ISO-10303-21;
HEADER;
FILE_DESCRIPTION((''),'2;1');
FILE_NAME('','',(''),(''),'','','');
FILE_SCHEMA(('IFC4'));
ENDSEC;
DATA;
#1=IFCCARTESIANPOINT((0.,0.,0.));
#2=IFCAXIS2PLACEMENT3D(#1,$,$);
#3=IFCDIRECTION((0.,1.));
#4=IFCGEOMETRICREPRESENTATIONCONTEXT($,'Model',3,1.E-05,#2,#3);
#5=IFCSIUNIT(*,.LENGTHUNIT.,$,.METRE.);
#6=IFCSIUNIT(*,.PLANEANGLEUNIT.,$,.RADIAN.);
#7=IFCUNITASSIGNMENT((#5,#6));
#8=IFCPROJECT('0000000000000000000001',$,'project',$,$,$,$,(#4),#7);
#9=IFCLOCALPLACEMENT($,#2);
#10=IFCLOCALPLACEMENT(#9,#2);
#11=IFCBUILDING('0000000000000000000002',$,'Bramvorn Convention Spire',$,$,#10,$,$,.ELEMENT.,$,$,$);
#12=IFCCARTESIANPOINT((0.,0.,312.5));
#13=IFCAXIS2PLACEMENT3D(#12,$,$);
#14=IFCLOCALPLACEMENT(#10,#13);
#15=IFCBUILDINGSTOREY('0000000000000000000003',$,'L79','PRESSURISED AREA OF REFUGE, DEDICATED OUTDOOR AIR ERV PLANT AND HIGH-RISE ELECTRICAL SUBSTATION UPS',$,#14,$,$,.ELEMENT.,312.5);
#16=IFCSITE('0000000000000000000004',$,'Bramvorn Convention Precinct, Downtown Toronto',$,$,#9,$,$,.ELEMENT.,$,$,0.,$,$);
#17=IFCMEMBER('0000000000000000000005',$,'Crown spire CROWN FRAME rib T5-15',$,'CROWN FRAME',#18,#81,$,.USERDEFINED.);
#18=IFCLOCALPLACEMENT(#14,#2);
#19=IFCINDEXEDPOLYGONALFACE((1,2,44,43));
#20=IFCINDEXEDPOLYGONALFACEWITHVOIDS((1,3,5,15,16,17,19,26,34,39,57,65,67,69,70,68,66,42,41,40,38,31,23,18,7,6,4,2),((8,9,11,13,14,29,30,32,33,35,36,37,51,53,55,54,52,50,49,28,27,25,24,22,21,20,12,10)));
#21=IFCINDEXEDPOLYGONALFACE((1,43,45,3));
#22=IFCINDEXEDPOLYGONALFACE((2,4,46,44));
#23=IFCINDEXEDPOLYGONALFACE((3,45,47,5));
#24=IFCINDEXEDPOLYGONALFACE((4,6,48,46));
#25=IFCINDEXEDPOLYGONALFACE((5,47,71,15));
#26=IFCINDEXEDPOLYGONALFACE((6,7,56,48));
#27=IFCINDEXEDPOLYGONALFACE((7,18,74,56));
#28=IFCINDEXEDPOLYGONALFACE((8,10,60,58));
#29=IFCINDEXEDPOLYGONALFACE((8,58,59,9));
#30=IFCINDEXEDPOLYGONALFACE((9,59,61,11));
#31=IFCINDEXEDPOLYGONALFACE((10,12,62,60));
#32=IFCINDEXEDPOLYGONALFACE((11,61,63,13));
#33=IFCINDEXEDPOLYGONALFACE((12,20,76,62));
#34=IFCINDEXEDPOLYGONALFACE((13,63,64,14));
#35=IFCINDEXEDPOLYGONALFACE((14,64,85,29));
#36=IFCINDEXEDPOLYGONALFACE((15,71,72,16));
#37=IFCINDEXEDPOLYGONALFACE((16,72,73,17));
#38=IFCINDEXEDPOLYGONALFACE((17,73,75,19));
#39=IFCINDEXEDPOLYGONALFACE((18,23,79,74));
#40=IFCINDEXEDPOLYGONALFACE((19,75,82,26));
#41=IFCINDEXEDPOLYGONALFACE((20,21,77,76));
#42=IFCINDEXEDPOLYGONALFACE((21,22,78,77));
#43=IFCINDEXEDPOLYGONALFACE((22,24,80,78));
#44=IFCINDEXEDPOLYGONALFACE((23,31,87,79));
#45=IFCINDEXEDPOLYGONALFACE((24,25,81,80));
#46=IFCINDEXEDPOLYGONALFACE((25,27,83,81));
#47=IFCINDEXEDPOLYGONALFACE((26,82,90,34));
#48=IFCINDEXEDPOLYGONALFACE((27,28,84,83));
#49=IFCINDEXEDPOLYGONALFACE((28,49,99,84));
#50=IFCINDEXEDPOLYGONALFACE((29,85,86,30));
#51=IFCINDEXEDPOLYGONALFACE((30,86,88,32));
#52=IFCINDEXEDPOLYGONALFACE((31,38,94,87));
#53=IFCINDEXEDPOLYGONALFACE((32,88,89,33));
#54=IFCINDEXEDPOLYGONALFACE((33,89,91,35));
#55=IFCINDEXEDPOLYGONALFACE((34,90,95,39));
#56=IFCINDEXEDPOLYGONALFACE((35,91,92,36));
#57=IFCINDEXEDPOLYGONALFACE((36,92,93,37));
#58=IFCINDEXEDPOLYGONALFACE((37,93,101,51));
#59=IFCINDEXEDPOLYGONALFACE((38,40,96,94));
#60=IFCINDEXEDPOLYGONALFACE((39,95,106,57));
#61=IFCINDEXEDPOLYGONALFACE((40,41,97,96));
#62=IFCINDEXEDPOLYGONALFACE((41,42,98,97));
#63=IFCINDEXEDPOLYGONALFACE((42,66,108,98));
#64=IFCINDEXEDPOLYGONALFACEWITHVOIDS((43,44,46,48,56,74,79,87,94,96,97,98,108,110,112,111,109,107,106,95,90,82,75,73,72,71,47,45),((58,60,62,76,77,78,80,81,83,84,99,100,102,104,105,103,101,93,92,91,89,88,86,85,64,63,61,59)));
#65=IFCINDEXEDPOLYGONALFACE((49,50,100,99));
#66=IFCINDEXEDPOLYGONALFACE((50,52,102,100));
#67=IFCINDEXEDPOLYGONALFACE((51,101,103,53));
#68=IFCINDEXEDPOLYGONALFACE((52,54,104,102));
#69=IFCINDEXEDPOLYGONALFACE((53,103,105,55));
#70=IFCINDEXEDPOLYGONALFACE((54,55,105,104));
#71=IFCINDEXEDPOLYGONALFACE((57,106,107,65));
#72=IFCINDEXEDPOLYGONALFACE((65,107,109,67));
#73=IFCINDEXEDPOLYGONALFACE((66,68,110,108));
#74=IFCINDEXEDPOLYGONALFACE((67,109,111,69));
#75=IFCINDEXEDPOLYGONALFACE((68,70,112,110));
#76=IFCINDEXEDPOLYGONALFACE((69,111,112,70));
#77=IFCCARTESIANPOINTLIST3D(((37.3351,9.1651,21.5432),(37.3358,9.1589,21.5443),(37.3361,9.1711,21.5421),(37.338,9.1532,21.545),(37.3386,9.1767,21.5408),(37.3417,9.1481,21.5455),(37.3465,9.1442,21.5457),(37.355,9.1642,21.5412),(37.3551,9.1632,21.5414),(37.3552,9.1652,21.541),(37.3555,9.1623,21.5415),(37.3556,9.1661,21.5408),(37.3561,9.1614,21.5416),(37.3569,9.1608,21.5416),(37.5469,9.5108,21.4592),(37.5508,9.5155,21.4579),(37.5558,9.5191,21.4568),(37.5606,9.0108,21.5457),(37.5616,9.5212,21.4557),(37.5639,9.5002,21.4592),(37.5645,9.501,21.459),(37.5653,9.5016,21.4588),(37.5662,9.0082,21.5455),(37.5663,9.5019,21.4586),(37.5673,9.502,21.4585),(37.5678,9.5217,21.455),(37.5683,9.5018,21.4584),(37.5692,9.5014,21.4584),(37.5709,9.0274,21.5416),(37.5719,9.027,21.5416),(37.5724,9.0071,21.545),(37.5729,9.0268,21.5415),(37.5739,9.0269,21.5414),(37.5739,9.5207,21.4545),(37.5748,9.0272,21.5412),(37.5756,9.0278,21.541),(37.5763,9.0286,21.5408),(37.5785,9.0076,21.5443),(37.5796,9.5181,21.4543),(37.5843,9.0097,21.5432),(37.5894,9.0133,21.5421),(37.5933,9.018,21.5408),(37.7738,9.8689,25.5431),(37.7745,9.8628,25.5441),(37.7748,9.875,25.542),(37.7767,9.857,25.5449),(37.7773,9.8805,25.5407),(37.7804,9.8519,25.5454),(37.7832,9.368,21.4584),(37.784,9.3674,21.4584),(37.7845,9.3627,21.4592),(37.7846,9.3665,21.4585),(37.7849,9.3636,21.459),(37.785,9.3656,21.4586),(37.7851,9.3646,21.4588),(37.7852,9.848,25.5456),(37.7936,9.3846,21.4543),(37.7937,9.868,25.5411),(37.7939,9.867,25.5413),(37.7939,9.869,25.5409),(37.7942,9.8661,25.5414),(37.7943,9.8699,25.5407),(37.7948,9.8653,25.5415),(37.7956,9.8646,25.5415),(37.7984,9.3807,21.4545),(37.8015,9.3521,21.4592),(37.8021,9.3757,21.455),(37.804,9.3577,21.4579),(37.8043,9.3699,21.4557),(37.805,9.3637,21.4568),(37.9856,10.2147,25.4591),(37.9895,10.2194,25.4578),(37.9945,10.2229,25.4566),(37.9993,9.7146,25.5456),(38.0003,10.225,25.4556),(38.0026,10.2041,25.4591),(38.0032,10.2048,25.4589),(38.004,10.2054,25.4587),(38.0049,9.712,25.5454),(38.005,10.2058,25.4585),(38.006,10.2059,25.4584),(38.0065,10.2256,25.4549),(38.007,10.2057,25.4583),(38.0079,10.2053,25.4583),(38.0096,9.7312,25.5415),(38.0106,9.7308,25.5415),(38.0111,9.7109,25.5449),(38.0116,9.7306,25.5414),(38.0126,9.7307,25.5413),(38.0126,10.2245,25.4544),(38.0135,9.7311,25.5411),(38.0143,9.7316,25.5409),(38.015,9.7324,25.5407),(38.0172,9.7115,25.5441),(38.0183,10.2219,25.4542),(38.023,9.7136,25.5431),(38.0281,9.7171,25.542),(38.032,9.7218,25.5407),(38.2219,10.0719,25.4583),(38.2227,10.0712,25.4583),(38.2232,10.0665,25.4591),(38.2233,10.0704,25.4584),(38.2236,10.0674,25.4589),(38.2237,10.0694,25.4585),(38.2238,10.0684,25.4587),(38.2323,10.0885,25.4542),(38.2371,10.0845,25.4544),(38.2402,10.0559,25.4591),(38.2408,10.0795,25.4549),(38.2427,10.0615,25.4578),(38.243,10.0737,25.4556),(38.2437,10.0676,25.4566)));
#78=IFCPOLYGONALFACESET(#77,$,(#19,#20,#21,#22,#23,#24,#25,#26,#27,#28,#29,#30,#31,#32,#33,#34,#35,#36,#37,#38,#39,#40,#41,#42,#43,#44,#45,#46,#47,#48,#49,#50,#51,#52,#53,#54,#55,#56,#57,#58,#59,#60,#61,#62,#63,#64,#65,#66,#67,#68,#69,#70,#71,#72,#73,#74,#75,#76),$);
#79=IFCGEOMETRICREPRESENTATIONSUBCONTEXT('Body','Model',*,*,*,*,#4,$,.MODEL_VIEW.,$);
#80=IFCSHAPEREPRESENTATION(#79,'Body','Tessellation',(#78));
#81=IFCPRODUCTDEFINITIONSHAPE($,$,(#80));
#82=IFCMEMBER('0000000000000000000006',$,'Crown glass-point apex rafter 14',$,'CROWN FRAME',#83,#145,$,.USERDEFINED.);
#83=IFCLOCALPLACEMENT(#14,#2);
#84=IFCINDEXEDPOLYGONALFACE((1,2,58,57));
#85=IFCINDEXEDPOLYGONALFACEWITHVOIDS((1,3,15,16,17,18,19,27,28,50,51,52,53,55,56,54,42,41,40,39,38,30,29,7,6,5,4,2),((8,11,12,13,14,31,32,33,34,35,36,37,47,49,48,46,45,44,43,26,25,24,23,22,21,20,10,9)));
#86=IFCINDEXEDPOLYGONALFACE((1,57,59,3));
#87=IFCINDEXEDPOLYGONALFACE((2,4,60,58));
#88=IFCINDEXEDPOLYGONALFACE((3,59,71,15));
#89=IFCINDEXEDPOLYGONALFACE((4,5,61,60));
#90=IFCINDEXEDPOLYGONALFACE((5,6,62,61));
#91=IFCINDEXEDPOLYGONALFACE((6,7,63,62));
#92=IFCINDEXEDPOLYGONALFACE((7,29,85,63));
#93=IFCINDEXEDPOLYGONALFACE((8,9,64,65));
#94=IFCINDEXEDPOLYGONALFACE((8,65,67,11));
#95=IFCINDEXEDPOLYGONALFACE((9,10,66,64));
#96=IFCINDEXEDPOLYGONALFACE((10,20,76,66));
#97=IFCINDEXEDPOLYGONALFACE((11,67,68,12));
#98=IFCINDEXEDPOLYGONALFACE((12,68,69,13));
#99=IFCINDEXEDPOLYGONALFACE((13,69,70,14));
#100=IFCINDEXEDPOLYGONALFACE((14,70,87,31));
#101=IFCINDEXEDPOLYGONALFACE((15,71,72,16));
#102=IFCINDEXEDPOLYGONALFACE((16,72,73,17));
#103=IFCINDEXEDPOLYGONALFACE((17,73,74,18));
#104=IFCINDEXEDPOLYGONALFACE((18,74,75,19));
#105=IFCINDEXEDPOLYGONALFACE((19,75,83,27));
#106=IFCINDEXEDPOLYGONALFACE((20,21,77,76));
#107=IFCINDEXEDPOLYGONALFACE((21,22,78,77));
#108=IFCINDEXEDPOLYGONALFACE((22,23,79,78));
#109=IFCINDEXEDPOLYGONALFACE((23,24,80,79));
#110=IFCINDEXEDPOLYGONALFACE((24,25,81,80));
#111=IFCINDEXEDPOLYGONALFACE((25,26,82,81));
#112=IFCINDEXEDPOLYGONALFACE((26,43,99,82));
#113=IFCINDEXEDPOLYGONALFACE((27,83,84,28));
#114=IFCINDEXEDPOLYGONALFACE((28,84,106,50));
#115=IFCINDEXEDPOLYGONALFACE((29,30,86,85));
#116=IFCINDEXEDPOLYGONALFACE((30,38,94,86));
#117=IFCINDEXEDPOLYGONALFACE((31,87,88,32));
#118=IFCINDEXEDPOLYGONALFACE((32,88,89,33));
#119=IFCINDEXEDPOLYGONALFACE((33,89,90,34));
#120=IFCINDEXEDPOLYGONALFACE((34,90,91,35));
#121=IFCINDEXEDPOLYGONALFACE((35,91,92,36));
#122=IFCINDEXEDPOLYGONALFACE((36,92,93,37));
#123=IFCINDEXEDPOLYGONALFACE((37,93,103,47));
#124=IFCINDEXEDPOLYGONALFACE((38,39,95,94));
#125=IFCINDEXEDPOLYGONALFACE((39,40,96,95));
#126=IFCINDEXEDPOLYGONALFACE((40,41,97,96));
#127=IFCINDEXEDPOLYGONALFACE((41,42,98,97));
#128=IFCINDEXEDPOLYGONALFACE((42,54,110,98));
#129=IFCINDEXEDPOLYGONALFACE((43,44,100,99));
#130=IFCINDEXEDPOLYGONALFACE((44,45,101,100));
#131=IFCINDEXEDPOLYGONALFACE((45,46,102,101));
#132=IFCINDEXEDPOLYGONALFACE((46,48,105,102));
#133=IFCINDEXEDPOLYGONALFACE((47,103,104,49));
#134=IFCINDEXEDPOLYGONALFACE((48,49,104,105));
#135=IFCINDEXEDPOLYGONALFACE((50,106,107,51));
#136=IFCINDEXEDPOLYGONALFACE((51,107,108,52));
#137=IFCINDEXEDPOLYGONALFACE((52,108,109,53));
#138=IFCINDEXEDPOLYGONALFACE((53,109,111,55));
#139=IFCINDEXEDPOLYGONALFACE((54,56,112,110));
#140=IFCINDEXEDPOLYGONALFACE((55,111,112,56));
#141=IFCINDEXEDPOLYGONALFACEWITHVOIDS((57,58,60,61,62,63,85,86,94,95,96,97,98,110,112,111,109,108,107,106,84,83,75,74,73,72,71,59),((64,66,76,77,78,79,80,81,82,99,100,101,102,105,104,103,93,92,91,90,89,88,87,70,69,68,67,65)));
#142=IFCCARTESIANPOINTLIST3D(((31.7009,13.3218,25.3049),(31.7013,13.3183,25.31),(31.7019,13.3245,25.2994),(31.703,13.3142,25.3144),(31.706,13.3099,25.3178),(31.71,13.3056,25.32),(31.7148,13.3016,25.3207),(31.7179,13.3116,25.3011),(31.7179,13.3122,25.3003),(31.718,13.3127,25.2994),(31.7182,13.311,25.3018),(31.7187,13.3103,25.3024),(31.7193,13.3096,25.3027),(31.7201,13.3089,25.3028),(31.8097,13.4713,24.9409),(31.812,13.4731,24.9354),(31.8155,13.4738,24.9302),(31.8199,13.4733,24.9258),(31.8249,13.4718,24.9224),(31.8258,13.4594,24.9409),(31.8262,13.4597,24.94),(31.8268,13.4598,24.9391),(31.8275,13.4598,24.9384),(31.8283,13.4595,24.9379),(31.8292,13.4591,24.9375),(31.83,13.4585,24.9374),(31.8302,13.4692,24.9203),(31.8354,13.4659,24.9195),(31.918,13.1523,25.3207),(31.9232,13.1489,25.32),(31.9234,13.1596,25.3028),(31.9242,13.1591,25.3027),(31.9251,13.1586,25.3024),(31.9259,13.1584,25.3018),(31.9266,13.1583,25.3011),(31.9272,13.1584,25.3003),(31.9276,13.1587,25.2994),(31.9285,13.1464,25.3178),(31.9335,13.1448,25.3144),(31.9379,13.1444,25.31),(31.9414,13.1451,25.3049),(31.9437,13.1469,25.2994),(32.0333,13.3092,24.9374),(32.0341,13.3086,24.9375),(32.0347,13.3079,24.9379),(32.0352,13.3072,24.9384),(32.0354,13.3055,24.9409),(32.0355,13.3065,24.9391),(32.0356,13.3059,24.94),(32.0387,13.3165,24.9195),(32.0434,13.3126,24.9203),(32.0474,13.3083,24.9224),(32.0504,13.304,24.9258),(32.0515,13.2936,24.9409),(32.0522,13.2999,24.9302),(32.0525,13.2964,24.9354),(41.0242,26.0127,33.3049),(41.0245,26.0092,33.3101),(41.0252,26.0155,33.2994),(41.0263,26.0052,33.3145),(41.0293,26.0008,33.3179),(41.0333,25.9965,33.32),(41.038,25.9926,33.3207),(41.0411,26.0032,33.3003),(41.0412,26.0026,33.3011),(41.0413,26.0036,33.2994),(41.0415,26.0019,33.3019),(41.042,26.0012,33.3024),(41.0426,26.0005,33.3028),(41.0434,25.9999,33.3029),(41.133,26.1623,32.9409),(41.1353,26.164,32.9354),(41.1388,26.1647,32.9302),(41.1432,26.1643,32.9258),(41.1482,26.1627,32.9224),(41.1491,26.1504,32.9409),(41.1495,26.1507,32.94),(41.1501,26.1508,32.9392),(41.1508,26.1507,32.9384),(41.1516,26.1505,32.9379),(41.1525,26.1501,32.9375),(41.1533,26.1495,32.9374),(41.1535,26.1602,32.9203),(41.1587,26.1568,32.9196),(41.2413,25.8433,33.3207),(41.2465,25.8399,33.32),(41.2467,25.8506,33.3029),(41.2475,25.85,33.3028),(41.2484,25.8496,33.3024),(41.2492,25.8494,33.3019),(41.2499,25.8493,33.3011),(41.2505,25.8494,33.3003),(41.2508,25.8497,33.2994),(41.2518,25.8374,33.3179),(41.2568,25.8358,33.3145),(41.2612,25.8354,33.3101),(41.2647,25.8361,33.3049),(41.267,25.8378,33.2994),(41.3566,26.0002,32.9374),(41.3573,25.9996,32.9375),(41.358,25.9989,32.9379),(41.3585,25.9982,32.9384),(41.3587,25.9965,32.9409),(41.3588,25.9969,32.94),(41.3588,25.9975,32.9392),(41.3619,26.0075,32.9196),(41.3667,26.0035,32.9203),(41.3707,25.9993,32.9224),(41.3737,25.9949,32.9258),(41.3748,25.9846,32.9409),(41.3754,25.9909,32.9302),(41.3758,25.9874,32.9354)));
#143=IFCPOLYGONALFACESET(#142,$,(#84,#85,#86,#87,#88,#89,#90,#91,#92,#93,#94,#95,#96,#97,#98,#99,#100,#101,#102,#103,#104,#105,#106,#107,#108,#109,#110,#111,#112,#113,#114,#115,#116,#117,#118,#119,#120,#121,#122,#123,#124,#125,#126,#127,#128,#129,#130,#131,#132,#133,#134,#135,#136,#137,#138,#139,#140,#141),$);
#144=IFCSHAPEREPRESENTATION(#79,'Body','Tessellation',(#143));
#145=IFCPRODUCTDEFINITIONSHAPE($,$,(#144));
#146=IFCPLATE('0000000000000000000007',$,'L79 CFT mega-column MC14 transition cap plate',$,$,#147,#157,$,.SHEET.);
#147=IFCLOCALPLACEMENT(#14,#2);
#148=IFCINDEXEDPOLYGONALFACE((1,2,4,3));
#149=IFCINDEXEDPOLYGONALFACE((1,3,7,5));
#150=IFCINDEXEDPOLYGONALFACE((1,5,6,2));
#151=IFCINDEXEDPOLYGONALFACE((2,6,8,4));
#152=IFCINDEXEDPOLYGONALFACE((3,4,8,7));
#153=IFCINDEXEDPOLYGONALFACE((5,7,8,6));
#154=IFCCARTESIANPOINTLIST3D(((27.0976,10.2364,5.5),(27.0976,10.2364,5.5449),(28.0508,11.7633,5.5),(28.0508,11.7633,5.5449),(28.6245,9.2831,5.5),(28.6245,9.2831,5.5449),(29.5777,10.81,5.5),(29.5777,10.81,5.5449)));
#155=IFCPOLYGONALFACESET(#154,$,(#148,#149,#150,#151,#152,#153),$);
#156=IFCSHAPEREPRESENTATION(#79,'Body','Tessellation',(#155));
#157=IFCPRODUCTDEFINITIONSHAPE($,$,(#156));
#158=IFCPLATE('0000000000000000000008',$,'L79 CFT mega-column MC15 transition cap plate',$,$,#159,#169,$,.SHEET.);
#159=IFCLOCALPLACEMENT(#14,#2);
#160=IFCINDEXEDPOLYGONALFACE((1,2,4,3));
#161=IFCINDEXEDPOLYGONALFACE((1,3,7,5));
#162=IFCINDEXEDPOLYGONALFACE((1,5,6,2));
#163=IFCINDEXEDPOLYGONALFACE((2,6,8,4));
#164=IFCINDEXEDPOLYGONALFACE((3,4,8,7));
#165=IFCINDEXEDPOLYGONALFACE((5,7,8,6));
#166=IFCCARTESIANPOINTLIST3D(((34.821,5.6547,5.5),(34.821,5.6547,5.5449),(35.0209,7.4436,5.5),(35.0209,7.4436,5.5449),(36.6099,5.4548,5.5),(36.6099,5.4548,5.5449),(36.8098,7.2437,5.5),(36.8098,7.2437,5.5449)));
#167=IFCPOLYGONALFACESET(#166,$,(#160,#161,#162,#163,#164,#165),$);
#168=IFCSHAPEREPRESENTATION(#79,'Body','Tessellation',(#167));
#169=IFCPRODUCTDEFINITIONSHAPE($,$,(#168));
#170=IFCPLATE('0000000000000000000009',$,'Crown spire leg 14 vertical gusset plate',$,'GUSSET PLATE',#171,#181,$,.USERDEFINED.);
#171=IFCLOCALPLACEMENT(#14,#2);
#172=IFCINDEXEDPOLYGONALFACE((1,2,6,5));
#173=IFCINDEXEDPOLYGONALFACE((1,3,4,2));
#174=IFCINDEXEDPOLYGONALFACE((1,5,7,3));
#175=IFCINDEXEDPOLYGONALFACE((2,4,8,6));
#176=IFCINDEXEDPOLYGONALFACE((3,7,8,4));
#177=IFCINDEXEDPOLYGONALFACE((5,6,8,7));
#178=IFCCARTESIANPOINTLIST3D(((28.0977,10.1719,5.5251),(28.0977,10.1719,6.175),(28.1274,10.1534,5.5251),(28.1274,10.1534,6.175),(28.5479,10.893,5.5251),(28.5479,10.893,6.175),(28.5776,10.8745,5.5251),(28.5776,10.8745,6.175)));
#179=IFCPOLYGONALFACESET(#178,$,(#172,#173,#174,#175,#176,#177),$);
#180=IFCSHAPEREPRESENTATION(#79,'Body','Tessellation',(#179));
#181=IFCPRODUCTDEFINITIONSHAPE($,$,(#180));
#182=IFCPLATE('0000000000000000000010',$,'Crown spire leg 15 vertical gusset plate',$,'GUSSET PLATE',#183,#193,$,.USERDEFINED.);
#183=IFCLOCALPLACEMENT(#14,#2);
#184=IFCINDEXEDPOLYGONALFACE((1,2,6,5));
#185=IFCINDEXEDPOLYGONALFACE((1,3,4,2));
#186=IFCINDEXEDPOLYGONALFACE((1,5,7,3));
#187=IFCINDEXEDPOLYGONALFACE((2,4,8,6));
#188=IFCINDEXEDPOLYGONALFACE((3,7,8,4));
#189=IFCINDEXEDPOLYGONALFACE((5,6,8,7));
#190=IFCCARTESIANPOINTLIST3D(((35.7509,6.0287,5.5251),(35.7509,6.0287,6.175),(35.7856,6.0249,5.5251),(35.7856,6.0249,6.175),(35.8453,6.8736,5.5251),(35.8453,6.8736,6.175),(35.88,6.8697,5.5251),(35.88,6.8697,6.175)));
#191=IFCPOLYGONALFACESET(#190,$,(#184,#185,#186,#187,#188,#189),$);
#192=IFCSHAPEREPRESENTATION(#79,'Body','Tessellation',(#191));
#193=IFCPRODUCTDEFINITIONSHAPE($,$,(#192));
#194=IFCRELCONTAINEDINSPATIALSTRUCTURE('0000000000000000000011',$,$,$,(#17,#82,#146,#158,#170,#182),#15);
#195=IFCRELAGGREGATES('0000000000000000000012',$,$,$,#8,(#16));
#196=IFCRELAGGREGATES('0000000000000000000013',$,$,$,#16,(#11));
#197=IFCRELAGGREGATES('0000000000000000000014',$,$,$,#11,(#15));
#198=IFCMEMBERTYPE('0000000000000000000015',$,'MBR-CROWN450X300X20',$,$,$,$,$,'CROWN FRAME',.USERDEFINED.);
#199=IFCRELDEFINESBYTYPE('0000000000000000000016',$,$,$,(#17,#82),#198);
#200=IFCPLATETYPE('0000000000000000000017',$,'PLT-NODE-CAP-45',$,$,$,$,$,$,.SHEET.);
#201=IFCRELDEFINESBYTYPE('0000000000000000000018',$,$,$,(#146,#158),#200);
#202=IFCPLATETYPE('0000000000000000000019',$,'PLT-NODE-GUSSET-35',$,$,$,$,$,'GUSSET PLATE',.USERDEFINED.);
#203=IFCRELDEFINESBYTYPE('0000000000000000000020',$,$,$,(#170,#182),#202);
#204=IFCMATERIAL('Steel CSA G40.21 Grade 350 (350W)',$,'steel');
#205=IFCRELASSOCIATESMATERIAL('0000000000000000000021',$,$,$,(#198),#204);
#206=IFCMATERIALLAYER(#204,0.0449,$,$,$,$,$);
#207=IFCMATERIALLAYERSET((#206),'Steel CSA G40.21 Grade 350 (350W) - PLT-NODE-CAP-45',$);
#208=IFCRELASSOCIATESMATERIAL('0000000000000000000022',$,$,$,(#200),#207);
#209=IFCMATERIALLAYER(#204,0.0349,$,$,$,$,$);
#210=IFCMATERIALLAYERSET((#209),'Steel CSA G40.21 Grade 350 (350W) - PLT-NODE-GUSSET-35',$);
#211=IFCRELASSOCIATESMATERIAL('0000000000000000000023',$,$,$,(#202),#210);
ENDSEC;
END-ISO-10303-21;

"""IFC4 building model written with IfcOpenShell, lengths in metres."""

from ifc_helpers import new_model, si_unit, direction, frame, origin, origin_2d, place, context, subcontext, project, spatial, rectangle, hollow_rectangle, extrude, material, layer, layer_set, material_profile, profile_set, type_object, element, save


model = new_model("IFC4")

# Units and contexts
model_context = context("Model", 3, precision=1e-05, world=origin(), true_north=direction((0.0, 1.0)))
body_context = subcontext(model_context, "Body", "Model", "MODEL_VIEW")
ifc_project = project(units=[si_unit("LENGTHUNIT", "METRE"), si_unit("PLANEANGLEUNIT", "RADIAN")], contexts=[model_context])

# Site, building, storey
site_placement = place(None, origin())
site = spatial("IfcSite", under=ifc_project, at=site_placement, Name="Bramvorn Convention Precinct, Downtown Toronto", CompositionType="ELEMENT", RefElevation=0.0)
building_placement = place(site_placement, origin())
building = spatial("IfcBuilding", under=site, at=building_placement, Name="Bramvorn Convention Spire", CompositionType="ELEMENT")
storey_placement = place(building_placement, frame((0.0, 0.0, 312.5)))
storey = spatial("IfcBuildingStorey", under=building, at=storey_placement, Name="L79", Description="PRESSURISED AREA OF REFUGE, DEDICATED OUTDOOR AIR ERV PLANT AND HIGH-RISE ELECTRICAL SUBSTATION UPS", CompositionType="ELEMENT", Elevation=312.5)

# Shared definitions
ifc_material_1 = material(Name="Steel CSA G40.21 Grade 350 (350W)", Category="steel")

# Members
ifc_material_profile_1 = material_profile(ifc_material_1, hollow_rectangle(XDim=0.3, YDim=0.45, WallThickness=0.02, InnerFilletRadius=0.0039, OuterFilletRadius=0.0239, at=origin_2d()))
ifc_profile_set_1 = profile_set([ifc_material_profile_1], Name="Steel CSA G40.21 Grade 350 (350W) - CROWN450X300X20")
member_type = type_object("IfcMemberType", Name="MBR-CROWN450X300X20", ElementType="CROWN FRAME", PredefinedType="USERDEFINED", material=ifc_profile_set_1)
member_1_placement = place(storey_placement, frame((37.5701, 9.2644, 21.5), z_axis=(0.107396, 0.172299, 0.979173), x_axis=(-0.848643, 0.528967, 0.0)))
element("IfcMember", 1, at=member_1_placement, inside=storey, type_object=member_type, Name="Crown spire CROWN FRAME rib T5-15", ObjectType="CROWN FRAME", PredefinedType="USERDEFINED", context=body_context, shape_type="SweptSolid", body=[
    extrude(hollow_rectangle(XDim=0.3, YDim=0.45, WallThickness=0.02, InnerFilletRadius=0.0039, OuterFilletRadius=0.0239, at=origin_2d()), origin(), (0.0, 0.0, 1.0), 4.085),
])
member_2_placement = place(storey_placement, frame((31.8767, 13.3091, 25.1201), z_axis=(0.52784, 0.718502, 0.452924), x_axis=(-0.805903, 0.592048, 0.0)))
element("IfcMember", 2, at=member_2_placement, inside=storey, type_object=member_type, Name="Crown glass-point apex rafter 14", ObjectType="CROWN FRAME", PredefinedType="USERDEFINED", context=body_context, shape_type="SweptSolid", body=[
    extrude(hollow_rectangle(XDim=0.3, YDim=0.45, WallThickness=0.02, InnerFilletRadius=0.0039, OuterFilletRadius=0.0239, at=origin_2d()), origin(), (0.0, 0.0, 1.0), 17.6631),
])

# Plates
ifc_layer_1 = layer(ifc_material_1, 0.0449)
ifc_layer_set_1 = layer_set([ifc_layer_1], Name="Steel CSA G40.21 Grade 350 (350W) - PLT-NODE-CAP-45")
plate_type_1 = type_object("IfcPlateType", Name="PLT-NODE-CAP-45", PredefinedType="SHEET", material=ifc_layer_set_1)
for number, where, z_axis, x_axis, name in (
    (3, (28.3376, 10.5232, 5.5), (0.0, 0.0, 1.0), (-0.529581, -0.848259, 0.0), "L79 CFT mega-column MC14 transition cap plate"),
    (4, (35.8154, 6.4492, 5.5), (0.0, 0.0, 1.0), (-0.111044, -0.993816, 0.0), "L79 CFT mega-column MC15 transition cap plate"),
):
    element("IfcPlate", number, at=place(storey_placement, frame(where, z_axis=z_axis, x_axis=x_axis)), inside=storey, type_object=plate_type_1, Name=name, PredefinedType="SHEET", context=body_context, shape_type="SweptSolid", body=[
        extrude(rectangle(XDim=1.8, YDim=1.8, at=origin_2d()), origin(), (0.0, 0.0, 1.0), 0.0449),
    ])
ifc_layer_2 = layer(ifc_material_1, 0.0349)
ifc_layer_set_2 = layer_set([ifc_layer_2], Name="Steel CSA G40.21 Grade 350 (350W) - PLT-NODE-GUSSET-35")
plate_type_2 = type_object("IfcPlateType", Name="PLT-NODE-GUSSET-35", ElementType="GUSSET PLATE", PredefinedType="USERDEFINED", material=ifc_layer_set_2)
for number, where, z_axis, x_axis, name in (
    (5, (28.3376, 10.5232, 5.5251), (0.0, 0.0, 1.0), (-0.529581, -0.848259, 0.0), "Crown spire leg 14 vertical gusset plate"),
    (6, (35.8154, 6.4492, 5.5251), (0.0, 0.0, 1.0), (-0.111044, -0.993816, 0.0), "Crown spire leg 15 vertical gusset plate"),
):
    element("IfcPlate", number, at=place(storey_placement, frame(where, z_axis=z_axis, x_axis=x_axis)), inside=storey, type_object=plate_type_2, Name=name, ObjectType="GUSSET PLATE", PredefinedType="USERDEFINED", context=body_context, shape_type="SweptSolid", body=[
        extrude(rectangle(XDim=0.8501, YDim=0.0349, at=origin_2d()), origin(), (0.0, 0.0, 1.0), 0.6499),
    ])

save(model, "model.ifc")
